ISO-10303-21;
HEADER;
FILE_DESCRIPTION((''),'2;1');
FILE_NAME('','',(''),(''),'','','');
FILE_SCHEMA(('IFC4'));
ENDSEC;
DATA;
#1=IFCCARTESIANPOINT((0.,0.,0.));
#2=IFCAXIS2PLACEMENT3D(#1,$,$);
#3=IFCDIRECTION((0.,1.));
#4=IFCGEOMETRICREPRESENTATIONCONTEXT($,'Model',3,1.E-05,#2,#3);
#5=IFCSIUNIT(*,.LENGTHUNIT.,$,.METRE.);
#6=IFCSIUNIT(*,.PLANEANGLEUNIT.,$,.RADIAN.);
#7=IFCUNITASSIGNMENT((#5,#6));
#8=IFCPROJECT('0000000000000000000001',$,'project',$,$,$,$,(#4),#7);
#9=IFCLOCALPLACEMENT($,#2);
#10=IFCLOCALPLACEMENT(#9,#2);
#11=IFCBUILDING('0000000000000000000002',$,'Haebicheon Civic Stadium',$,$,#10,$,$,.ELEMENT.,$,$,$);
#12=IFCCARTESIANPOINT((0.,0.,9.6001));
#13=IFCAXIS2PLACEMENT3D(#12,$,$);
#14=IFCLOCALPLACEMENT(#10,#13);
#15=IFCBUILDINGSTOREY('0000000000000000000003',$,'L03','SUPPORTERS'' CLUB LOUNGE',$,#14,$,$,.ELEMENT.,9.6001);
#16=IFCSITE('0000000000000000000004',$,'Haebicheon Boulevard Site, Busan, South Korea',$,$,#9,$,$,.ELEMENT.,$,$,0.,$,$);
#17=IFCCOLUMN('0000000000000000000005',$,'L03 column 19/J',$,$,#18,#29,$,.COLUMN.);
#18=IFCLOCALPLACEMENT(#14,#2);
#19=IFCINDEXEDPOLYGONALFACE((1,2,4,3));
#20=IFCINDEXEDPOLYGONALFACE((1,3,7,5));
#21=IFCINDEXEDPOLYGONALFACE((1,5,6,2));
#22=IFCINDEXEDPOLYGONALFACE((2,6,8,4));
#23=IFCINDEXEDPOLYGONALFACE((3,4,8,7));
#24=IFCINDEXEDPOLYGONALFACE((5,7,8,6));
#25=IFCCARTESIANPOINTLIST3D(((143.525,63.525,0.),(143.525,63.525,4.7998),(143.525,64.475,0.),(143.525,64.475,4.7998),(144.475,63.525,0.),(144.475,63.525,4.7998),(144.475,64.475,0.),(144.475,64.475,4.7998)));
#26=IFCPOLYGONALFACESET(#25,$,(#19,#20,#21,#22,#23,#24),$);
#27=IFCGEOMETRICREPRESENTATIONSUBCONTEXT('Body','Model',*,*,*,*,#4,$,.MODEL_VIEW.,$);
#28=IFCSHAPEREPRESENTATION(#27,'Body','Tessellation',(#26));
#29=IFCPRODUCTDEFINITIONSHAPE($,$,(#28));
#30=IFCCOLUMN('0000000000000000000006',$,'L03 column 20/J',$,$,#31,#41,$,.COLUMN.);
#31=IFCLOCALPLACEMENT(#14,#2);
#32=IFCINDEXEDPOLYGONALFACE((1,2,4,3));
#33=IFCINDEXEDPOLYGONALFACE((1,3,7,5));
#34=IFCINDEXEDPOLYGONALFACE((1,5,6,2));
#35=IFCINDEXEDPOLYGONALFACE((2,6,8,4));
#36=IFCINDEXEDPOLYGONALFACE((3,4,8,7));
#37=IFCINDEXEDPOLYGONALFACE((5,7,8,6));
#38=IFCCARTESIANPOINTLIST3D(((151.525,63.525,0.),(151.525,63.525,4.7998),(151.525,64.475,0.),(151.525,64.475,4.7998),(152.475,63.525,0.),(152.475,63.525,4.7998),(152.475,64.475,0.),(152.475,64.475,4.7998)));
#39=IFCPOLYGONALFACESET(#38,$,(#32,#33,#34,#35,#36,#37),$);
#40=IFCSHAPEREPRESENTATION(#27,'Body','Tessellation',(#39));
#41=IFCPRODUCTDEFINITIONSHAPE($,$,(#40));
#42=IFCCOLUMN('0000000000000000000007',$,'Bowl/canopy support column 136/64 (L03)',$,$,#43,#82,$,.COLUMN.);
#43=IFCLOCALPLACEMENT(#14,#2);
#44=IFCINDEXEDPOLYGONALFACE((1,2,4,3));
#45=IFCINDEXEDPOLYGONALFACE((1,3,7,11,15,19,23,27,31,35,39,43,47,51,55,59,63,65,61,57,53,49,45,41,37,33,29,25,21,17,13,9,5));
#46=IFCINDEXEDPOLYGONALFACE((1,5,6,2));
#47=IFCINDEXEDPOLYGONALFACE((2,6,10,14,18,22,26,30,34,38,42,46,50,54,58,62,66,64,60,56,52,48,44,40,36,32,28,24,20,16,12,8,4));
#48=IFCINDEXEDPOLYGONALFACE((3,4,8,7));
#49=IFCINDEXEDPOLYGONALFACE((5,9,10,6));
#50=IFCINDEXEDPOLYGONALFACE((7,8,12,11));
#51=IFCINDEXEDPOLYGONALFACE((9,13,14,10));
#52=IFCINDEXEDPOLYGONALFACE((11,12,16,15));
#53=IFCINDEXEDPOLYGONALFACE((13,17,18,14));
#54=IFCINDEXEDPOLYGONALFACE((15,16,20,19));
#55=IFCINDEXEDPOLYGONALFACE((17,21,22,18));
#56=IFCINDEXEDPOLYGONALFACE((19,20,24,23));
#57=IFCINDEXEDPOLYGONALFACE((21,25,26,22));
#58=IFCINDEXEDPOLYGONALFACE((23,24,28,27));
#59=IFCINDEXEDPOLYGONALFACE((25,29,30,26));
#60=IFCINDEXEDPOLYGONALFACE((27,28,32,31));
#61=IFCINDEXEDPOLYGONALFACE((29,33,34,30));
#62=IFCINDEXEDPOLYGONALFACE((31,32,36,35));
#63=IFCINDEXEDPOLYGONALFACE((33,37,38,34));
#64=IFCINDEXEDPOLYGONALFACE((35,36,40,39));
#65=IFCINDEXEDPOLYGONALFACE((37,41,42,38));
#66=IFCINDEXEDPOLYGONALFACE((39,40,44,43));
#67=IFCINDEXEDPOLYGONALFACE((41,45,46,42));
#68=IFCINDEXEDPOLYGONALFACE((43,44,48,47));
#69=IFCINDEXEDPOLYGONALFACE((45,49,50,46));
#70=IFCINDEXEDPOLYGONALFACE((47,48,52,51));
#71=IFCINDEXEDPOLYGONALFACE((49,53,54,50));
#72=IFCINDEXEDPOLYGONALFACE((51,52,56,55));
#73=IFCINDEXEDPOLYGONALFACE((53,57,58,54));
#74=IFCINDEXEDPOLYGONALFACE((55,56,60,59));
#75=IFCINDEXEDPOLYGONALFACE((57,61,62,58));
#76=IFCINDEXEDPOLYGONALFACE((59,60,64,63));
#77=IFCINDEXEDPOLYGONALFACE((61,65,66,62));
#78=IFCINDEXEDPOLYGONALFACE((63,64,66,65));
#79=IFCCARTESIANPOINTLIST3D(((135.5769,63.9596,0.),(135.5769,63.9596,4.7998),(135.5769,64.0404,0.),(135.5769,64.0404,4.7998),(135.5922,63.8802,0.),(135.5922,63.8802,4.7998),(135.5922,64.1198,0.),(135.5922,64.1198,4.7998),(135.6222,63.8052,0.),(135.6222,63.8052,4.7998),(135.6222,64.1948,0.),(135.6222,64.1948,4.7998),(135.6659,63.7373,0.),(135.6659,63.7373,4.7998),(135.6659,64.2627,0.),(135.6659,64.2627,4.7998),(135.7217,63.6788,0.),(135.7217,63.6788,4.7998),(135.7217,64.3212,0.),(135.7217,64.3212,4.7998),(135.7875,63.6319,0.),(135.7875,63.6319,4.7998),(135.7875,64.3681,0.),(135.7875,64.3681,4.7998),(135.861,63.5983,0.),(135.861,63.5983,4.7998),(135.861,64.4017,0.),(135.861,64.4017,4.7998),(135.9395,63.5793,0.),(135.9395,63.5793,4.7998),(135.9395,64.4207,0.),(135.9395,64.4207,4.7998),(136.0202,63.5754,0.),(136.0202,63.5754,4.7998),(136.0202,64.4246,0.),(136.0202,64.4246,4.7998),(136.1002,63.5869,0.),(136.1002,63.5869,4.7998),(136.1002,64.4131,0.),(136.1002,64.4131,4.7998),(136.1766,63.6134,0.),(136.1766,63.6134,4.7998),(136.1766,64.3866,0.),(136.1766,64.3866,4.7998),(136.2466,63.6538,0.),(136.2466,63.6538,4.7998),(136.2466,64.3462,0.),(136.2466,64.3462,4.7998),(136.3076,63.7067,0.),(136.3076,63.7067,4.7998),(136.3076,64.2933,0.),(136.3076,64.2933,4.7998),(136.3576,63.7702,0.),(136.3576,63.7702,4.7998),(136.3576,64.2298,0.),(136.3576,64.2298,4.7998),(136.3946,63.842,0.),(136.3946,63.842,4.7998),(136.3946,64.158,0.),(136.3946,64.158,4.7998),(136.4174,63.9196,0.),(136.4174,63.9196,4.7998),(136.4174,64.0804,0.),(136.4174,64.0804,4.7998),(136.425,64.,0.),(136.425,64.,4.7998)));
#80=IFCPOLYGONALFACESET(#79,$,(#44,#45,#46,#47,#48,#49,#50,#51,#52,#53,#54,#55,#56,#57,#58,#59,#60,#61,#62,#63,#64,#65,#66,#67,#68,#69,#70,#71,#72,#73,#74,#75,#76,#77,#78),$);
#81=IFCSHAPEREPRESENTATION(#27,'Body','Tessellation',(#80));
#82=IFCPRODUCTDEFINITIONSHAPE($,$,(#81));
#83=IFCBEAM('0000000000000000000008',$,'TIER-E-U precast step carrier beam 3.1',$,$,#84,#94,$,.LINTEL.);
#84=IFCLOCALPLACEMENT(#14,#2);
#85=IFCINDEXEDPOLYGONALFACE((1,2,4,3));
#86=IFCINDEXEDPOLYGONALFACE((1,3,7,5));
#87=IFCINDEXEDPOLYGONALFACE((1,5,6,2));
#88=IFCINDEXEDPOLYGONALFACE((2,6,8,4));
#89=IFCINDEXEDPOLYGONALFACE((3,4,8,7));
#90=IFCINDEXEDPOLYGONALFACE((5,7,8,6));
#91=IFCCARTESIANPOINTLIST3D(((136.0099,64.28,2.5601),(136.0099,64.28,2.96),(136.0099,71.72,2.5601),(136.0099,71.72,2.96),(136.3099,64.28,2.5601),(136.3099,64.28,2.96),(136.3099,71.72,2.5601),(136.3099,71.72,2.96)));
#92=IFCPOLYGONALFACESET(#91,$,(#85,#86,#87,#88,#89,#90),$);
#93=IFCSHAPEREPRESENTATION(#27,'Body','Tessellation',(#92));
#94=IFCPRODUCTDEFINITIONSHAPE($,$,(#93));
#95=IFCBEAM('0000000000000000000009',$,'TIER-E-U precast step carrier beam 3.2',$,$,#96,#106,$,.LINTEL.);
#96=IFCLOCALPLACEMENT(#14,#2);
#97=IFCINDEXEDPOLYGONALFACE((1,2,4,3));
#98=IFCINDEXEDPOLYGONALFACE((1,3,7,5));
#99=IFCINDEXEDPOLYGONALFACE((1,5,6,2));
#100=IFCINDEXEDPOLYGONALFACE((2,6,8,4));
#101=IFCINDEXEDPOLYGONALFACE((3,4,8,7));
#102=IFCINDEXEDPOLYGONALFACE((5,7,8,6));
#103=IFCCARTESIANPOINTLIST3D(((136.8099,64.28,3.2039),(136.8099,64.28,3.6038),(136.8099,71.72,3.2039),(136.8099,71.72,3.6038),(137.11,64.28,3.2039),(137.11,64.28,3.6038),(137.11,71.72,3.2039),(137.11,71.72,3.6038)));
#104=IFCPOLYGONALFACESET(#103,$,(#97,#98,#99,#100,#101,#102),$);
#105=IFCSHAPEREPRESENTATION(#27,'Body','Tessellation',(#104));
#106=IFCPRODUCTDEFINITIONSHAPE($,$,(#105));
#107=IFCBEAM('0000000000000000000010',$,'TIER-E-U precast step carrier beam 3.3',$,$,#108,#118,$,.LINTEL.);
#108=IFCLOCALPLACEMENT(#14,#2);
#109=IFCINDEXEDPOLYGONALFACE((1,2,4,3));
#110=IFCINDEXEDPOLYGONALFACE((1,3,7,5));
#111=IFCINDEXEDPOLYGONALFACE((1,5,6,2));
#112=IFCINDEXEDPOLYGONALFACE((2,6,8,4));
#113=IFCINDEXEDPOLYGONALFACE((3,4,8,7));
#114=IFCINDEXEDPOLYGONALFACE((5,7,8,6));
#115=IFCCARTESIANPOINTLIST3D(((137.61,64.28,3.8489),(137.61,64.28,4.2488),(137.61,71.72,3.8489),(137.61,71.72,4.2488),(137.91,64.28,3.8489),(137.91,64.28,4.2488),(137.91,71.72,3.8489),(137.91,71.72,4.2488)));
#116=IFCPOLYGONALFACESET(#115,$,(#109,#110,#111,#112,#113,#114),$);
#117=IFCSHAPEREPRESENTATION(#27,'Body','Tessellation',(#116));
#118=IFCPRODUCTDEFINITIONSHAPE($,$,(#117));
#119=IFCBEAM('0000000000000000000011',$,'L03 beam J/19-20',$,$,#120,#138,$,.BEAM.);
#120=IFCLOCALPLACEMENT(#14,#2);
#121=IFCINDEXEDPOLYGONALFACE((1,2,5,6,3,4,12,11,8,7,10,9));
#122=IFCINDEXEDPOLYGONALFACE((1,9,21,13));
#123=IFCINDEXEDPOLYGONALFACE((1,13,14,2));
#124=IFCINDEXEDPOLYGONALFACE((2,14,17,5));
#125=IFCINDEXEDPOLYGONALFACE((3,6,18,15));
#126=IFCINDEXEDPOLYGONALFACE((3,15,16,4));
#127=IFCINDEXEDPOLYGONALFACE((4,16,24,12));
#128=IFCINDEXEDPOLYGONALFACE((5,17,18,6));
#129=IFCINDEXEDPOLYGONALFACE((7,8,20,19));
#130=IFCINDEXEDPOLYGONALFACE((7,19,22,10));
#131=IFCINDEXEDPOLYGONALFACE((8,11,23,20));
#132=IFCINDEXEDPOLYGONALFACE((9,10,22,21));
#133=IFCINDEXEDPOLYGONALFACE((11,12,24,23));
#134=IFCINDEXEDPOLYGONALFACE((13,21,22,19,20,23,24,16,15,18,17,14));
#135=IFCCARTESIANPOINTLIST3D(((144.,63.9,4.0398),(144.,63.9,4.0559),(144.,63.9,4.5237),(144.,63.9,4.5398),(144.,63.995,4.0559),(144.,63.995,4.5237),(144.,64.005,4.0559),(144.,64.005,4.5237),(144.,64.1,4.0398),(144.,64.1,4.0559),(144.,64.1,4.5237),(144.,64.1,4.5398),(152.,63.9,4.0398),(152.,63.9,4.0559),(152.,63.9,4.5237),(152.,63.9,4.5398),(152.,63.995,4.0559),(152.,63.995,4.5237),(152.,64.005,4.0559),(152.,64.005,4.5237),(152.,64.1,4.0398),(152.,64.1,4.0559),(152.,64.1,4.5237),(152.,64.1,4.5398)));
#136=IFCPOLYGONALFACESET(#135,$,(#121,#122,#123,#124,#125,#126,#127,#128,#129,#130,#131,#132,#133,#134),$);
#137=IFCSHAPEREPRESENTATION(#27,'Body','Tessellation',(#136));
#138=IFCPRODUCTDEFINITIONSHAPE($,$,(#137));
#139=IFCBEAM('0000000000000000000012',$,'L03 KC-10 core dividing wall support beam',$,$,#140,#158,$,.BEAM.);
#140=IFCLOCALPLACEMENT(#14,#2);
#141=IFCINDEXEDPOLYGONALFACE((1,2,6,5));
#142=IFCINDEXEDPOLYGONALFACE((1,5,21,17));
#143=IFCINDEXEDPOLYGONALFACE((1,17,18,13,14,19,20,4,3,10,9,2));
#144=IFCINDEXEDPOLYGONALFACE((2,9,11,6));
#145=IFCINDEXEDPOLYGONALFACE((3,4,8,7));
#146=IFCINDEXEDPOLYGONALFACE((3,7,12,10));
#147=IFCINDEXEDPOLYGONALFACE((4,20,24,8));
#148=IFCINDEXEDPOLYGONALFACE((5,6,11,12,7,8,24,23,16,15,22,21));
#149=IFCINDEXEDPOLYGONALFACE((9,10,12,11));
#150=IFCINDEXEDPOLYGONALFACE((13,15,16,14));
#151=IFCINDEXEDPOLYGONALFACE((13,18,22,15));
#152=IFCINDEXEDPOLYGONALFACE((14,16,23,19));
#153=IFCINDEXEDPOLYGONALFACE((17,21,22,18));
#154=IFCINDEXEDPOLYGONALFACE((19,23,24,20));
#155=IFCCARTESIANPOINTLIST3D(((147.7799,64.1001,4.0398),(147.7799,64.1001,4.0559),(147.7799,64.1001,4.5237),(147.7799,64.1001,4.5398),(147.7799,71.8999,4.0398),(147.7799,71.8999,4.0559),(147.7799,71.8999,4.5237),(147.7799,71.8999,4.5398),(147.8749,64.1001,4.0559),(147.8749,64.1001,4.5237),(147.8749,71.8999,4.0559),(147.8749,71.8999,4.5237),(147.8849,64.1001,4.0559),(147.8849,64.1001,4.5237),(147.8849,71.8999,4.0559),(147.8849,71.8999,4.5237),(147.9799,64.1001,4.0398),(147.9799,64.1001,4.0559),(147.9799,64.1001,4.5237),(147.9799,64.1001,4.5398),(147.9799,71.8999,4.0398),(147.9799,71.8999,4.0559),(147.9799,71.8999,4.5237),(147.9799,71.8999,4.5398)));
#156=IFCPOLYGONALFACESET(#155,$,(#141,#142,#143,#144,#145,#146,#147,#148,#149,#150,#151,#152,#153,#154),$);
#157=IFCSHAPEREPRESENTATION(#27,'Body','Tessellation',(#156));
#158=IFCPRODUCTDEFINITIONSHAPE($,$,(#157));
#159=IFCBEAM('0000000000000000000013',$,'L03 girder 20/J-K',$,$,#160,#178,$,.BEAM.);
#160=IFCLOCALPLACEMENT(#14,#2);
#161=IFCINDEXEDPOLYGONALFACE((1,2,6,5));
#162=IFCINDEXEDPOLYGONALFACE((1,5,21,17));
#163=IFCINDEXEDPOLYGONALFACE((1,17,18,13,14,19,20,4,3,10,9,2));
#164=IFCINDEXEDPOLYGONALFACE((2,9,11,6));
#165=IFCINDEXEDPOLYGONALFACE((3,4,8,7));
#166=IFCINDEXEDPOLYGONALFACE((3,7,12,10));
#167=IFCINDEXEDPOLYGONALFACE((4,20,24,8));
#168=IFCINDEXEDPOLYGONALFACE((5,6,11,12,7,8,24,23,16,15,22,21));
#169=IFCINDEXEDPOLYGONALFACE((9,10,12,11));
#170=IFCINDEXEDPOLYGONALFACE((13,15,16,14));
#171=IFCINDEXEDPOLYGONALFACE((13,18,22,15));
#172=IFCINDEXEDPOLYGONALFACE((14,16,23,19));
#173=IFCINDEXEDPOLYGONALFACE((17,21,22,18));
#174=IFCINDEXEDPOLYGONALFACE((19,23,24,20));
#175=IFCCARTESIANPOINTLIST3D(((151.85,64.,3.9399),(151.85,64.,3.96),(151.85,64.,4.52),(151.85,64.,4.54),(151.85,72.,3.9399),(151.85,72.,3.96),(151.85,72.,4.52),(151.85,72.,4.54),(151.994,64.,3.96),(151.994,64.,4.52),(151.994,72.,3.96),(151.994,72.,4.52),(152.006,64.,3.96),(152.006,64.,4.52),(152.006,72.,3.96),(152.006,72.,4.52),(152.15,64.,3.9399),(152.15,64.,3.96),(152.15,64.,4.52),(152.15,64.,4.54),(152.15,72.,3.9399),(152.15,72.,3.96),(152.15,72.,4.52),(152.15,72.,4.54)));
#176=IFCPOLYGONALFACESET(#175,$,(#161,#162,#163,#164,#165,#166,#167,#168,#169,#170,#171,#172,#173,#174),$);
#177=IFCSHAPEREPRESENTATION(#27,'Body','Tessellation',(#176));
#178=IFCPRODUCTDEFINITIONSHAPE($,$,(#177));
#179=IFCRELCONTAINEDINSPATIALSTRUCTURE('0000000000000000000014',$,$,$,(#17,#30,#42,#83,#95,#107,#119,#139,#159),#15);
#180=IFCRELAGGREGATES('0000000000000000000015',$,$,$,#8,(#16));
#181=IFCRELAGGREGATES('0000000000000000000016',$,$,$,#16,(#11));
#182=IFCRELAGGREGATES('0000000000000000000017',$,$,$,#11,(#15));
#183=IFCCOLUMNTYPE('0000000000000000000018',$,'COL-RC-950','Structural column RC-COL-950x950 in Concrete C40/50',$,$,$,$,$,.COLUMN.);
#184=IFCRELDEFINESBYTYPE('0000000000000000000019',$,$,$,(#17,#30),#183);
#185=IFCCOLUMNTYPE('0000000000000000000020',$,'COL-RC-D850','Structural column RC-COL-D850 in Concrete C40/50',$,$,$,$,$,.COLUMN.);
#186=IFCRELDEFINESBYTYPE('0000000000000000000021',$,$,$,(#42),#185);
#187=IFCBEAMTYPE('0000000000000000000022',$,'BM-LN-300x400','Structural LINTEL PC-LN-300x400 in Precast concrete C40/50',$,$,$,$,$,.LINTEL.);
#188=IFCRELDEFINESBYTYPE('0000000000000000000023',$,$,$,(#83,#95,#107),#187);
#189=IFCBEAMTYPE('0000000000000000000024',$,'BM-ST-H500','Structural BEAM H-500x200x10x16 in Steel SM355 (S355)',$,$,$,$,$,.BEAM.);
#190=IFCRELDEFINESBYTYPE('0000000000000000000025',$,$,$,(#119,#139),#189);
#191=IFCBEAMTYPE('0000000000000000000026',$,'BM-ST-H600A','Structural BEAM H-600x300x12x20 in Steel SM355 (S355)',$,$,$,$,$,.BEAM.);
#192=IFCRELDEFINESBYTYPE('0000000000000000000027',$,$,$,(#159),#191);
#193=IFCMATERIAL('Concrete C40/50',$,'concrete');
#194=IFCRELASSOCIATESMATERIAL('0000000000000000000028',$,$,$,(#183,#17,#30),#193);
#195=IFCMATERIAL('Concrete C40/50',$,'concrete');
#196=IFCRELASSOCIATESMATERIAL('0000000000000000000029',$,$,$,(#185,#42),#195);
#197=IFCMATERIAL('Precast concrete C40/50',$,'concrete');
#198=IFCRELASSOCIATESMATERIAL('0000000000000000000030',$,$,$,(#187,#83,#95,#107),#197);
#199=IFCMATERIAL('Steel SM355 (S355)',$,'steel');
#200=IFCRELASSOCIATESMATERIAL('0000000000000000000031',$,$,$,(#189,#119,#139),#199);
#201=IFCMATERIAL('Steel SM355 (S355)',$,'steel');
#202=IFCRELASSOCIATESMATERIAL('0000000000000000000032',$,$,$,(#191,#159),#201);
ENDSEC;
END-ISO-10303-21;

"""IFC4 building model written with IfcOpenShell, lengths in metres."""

from ifc_helpers import new_model, si_unit, direction, frame, origin, origin_2d, place, context, subcontext, project, spatial, rectangle, circle, i_section, extrude, material, material_profile, profile_set, type_object, element, save


model = new_model("IFC4")

# Units and contexts
model_context = context("Model", 3, precision=1e-05, world=origin(), true_north=direction((0.0, 1.0)))
body_context = subcontext(model_context, "Body", "Model", "MODEL_VIEW")
ifc_project = project(units=[si_unit("LENGTHUNIT", "METRE"), si_unit("PLANEANGLEUNIT", "RADIAN")], contexts=[model_context])

# Site, building, storey
site_placement = place(None, origin())
site = spatial("IfcSite", under=ifc_project, at=site_placement, Name="Haebicheon Boulevard Site, Busan, South Korea", CompositionType="ELEMENT", RefElevation=0.0)
building_placement = place(site_placement, origin())
building = spatial("IfcBuilding", under=site, at=building_placement, Name="Haebicheon Civic Stadium", CompositionType="ELEMENT")
storey_placement = place(building_placement, frame((0.0, 0.0, 9.6001)))
storey = spatial("IfcBuildingStorey", under=building, at=storey_placement, Name="L03", Description="SUPPORTERS' CLUB LOUNGE", CompositionType="ELEMENT", Elevation=9.6001)

# Columns
ifc_material_1 = material(Name="Concrete C40/50", Category="concrete")
ifc_material_profile_1 = material_profile(ifc_material_1, rectangle(XDim=0.95, YDim=0.95, at=origin_2d()), Name="RC-COL-950x950")
ifc_profile_set_1 = profile_set([ifc_material_profile_1], Name="Concrete C40/50")
column_type_1 = type_object("IfcColumnType", Name="COL-RC-950", Description="Structural column RC-COL-950x950 in Concrete C40/50", PredefinedType="COLUMN", material=ifc_profile_set_1)
for number, where, z_axis, x_axis, name in (
    (1, (144.0, 64.0, 0.0), (0.0, 0.0, 1.0), (1.0, 0.0, 0.0), "L03 column 19/J"),
    (2, (152.0, 64.0, 0.0), (0.0, 0.0, 1.0), (1.0, 0.0, 0.0), "L03 column 20/J"),
):
    element("IfcColumn", number, at=place(storey_placement, frame(where, z_axis=z_axis, x_axis=x_axis)), inside=storey, type_object=column_type_1, material=ifc_profile_set_1, Name=name, PredefinedType="COLUMN", context=body_context, shape_type="SweptSolid", body=[
        extrude(rectangle(XDim=0.95, YDim=0.95, at=origin_2d()), origin(), (0.0, 0.0, 1.0), 4.7998),
    ])
ifc_material_2 = material(Name="Concrete C40/50", Category="concrete")
ifc_material_profile_2 = material_profile(ifc_material_2, circle(Radius=0.425, at=origin_2d()), Name="RC-COL-D850")
ifc_profile_set_2 = profile_set([ifc_material_profile_2], Name="Concrete C40/50")
column_type_2 = type_object("IfcColumnType", Name="COL-RC-D850", Description="Structural column RC-COL-D850 in Concrete C40/50", PredefinedType="COLUMN", material=ifc_profile_set_2)
column_placement = place(storey_placement, frame((136.0, 64.0, 0.0), z_axis=(0.0, 0.0, 1.0), x_axis=(1.0, 0.0, 0.0)))
element("IfcColumn", 3, at=column_placement, inside=storey, type_object=column_type_2, material=ifc_profile_set_2, Name="Bowl/canopy support column 136/64 (L03)", PredefinedType="COLUMN", context=body_context, shape_type="SweptSolid", body=[
    extrude(circle(Radius=0.425, at=origin_2d()), origin(), (0.0, 0.0, 1.0), 4.7998),
])

# Beams
ifc_material_3 = material(Name="Precast concrete C40/50", Category="concrete")
ifc_material_profile_3 = material_profile(ifc_material_3, rectangle(XDim=0.3, YDim=0.3999, at=origin_2d()), Name="PC-LN-300x400")
ifc_profile_set_3 = profile_set([ifc_material_profile_3], Name="Precast concrete C40/50")
beam_type_1 = type_object("IfcBeamType", Name="BM-LN-300x400", Description="Structural LINTEL PC-LN-300x400 in Precast concrete C40/50", PredefinedType="LINTEL", material=ifc_profile_set_3)
for number, where, z_axis, x_axis, name in (
    (4, (136.1599, 64.28, 2.76), (0.0, 1.0, 0.0), (-1.0, 0.0, 0.0), "TIER-E-U precast step carrier beam 3.1"),
    (5, (136.96, 64.28, 3.4038), (0.0, 1.0, 0.0), (-1.0, 0.0, 0.0), "TIER-E-U precast step carrier beam 3.2"),
    (6, (137.76, 64.28, 4.0488), (0.0, 1.0, 0.0), (-1.0, 0.0, 0.0), "TIER-E-U precast step carrier beam 3.3"),
):
    element("IfcBeam", number, at=place(storey_placement, frame(where, z_axis=z_axis, x_axis=x_axis)), inside=storey, type_object=beam_type_1, material=ifc_profile_set_3, Name=name, PredefinedType="LINTEL", context=body_context, shape_type="SweptSolid", body=[
        extrude(rectangle(XDim=0.3, YDim=0.3999, at=origin_2d()), origin(), (0.0, 0.0, 1.0), 7.4399),
    ])
ifc_material_4 = material(Name="Steel SM355 (S355)", Category="steel")
ifc_material_profile_4 = material_profile(ifc_material_4, i_section(OverallWidth=0.2, OverallDepth=0.5, WebThickness=0.01, FlangeThickness=0.0161, at=origin_2d()), Name="H-500x200x10x16")
ifc_profile_set_4 = profile_set([ifc_material_profile_4], Name="Steel SM355 (S355)")
beam_type_2 = type_object("IfcBeamType", Name="BM-ST-H500", Description="Structural BEAM H-500x200x10x16 in Steel SM355 (S355)", PredefinedType="BEAM", material=ifc_profile_set_4)
beam_1_placement = place(storey_placement, frame((144.0, 64.0, 4.2898), z_axis=(1.0, 0.0, 0.0), x_axis=(0.0, 1.0, 0.0)))
element("IfcBeam", 7, at=beam_1_placement, inside=storey, type_object=beam_type_2, material=ifc_profile_set_4, Name="L03 beam J/19-20", PredefinedType="BEAM", context=body_context, shape_type="SweptSolid", body=[
    extrude(i_section(OverallWidth=0.2, OverallDepth=0.5, WebThickness=0.01, FlangeThickness=0.0161, at=origin_2d()), origin(), (0.0, 0.0, 1.0), 8.0),
])
beam_2_placement = place(storey_placement, frame((147.8799, 64.1001, 4.2898), z_axis=(0.0, 1.0, 0.0), x_axis=(-1.0, 0.0, 0.0)))
element("IfcBeam", 8, at=beam_2_placement, inside=storey, type_object=beam_type_2, material=ifc_profile_set_4, Name="L03 KC-10 core dividing wall support beam", PredefinedType="BEAM", context=body_context, shape_type="SweptSolid", body=[
    extrude(i_section(OverallWidth=0.2, OverallDepth=0.5, WebThickness=0.01, FlangeThickness=0.0161, at=origin_2d()), origin(), (0.0, 0.0, 1.0), 7.7998),
])
ifc_material_5 = material(Name="Steel SM355 (S355)", Category="steel")
ifc_material_profile_5 = material_profile(ifc_material_5, i_section(OverallWidth=0.3, OverallDepth=0.6001, WebThickness=0.012, FlangeThickness=0.02, at=origin_2d()), Name="H-600x300x12x20")
ifc_profile_set_5 = profile_set([ifc_material_profile_5], Name="Steel SM355 (S355)")
beam_type_3 = type_object("IfcBeamType", Name="BM-ST-H600A", Description="Structural BEAM H-600x300x12x20 in Steel SM355 (S355)", PredefinedType="BEAM", material=ifc_profile_set_5)
for number, where, z_axis, x_axis, name in (
    (9, (152.0, 64.0, 4.24), (0.0, 1.0, 0.0), (-1.0, 0.0, 0.0), "L03 girder 20/J-K"),
):
    element("IfcBeam", number, at=place(storey_placement, frame(where, z_axis=z_axis, x_axis=x_axis)), inside=storey, type_object=beam_type_3, material=ifc_profile_set_5, Name=name, PredefinedType="BEAM", context=body_context, shape_type="SweptSolid", body=[
        extrude(i_section(OverallWidth=0.3, OverallDepth=0.6001, WebThickness=0.012, FlangeThickness=0.02, at=origin_2d()), origin(), (0.0, 0.0, 1.0), 8.0),
    ])

save(model, "model.ifc")
